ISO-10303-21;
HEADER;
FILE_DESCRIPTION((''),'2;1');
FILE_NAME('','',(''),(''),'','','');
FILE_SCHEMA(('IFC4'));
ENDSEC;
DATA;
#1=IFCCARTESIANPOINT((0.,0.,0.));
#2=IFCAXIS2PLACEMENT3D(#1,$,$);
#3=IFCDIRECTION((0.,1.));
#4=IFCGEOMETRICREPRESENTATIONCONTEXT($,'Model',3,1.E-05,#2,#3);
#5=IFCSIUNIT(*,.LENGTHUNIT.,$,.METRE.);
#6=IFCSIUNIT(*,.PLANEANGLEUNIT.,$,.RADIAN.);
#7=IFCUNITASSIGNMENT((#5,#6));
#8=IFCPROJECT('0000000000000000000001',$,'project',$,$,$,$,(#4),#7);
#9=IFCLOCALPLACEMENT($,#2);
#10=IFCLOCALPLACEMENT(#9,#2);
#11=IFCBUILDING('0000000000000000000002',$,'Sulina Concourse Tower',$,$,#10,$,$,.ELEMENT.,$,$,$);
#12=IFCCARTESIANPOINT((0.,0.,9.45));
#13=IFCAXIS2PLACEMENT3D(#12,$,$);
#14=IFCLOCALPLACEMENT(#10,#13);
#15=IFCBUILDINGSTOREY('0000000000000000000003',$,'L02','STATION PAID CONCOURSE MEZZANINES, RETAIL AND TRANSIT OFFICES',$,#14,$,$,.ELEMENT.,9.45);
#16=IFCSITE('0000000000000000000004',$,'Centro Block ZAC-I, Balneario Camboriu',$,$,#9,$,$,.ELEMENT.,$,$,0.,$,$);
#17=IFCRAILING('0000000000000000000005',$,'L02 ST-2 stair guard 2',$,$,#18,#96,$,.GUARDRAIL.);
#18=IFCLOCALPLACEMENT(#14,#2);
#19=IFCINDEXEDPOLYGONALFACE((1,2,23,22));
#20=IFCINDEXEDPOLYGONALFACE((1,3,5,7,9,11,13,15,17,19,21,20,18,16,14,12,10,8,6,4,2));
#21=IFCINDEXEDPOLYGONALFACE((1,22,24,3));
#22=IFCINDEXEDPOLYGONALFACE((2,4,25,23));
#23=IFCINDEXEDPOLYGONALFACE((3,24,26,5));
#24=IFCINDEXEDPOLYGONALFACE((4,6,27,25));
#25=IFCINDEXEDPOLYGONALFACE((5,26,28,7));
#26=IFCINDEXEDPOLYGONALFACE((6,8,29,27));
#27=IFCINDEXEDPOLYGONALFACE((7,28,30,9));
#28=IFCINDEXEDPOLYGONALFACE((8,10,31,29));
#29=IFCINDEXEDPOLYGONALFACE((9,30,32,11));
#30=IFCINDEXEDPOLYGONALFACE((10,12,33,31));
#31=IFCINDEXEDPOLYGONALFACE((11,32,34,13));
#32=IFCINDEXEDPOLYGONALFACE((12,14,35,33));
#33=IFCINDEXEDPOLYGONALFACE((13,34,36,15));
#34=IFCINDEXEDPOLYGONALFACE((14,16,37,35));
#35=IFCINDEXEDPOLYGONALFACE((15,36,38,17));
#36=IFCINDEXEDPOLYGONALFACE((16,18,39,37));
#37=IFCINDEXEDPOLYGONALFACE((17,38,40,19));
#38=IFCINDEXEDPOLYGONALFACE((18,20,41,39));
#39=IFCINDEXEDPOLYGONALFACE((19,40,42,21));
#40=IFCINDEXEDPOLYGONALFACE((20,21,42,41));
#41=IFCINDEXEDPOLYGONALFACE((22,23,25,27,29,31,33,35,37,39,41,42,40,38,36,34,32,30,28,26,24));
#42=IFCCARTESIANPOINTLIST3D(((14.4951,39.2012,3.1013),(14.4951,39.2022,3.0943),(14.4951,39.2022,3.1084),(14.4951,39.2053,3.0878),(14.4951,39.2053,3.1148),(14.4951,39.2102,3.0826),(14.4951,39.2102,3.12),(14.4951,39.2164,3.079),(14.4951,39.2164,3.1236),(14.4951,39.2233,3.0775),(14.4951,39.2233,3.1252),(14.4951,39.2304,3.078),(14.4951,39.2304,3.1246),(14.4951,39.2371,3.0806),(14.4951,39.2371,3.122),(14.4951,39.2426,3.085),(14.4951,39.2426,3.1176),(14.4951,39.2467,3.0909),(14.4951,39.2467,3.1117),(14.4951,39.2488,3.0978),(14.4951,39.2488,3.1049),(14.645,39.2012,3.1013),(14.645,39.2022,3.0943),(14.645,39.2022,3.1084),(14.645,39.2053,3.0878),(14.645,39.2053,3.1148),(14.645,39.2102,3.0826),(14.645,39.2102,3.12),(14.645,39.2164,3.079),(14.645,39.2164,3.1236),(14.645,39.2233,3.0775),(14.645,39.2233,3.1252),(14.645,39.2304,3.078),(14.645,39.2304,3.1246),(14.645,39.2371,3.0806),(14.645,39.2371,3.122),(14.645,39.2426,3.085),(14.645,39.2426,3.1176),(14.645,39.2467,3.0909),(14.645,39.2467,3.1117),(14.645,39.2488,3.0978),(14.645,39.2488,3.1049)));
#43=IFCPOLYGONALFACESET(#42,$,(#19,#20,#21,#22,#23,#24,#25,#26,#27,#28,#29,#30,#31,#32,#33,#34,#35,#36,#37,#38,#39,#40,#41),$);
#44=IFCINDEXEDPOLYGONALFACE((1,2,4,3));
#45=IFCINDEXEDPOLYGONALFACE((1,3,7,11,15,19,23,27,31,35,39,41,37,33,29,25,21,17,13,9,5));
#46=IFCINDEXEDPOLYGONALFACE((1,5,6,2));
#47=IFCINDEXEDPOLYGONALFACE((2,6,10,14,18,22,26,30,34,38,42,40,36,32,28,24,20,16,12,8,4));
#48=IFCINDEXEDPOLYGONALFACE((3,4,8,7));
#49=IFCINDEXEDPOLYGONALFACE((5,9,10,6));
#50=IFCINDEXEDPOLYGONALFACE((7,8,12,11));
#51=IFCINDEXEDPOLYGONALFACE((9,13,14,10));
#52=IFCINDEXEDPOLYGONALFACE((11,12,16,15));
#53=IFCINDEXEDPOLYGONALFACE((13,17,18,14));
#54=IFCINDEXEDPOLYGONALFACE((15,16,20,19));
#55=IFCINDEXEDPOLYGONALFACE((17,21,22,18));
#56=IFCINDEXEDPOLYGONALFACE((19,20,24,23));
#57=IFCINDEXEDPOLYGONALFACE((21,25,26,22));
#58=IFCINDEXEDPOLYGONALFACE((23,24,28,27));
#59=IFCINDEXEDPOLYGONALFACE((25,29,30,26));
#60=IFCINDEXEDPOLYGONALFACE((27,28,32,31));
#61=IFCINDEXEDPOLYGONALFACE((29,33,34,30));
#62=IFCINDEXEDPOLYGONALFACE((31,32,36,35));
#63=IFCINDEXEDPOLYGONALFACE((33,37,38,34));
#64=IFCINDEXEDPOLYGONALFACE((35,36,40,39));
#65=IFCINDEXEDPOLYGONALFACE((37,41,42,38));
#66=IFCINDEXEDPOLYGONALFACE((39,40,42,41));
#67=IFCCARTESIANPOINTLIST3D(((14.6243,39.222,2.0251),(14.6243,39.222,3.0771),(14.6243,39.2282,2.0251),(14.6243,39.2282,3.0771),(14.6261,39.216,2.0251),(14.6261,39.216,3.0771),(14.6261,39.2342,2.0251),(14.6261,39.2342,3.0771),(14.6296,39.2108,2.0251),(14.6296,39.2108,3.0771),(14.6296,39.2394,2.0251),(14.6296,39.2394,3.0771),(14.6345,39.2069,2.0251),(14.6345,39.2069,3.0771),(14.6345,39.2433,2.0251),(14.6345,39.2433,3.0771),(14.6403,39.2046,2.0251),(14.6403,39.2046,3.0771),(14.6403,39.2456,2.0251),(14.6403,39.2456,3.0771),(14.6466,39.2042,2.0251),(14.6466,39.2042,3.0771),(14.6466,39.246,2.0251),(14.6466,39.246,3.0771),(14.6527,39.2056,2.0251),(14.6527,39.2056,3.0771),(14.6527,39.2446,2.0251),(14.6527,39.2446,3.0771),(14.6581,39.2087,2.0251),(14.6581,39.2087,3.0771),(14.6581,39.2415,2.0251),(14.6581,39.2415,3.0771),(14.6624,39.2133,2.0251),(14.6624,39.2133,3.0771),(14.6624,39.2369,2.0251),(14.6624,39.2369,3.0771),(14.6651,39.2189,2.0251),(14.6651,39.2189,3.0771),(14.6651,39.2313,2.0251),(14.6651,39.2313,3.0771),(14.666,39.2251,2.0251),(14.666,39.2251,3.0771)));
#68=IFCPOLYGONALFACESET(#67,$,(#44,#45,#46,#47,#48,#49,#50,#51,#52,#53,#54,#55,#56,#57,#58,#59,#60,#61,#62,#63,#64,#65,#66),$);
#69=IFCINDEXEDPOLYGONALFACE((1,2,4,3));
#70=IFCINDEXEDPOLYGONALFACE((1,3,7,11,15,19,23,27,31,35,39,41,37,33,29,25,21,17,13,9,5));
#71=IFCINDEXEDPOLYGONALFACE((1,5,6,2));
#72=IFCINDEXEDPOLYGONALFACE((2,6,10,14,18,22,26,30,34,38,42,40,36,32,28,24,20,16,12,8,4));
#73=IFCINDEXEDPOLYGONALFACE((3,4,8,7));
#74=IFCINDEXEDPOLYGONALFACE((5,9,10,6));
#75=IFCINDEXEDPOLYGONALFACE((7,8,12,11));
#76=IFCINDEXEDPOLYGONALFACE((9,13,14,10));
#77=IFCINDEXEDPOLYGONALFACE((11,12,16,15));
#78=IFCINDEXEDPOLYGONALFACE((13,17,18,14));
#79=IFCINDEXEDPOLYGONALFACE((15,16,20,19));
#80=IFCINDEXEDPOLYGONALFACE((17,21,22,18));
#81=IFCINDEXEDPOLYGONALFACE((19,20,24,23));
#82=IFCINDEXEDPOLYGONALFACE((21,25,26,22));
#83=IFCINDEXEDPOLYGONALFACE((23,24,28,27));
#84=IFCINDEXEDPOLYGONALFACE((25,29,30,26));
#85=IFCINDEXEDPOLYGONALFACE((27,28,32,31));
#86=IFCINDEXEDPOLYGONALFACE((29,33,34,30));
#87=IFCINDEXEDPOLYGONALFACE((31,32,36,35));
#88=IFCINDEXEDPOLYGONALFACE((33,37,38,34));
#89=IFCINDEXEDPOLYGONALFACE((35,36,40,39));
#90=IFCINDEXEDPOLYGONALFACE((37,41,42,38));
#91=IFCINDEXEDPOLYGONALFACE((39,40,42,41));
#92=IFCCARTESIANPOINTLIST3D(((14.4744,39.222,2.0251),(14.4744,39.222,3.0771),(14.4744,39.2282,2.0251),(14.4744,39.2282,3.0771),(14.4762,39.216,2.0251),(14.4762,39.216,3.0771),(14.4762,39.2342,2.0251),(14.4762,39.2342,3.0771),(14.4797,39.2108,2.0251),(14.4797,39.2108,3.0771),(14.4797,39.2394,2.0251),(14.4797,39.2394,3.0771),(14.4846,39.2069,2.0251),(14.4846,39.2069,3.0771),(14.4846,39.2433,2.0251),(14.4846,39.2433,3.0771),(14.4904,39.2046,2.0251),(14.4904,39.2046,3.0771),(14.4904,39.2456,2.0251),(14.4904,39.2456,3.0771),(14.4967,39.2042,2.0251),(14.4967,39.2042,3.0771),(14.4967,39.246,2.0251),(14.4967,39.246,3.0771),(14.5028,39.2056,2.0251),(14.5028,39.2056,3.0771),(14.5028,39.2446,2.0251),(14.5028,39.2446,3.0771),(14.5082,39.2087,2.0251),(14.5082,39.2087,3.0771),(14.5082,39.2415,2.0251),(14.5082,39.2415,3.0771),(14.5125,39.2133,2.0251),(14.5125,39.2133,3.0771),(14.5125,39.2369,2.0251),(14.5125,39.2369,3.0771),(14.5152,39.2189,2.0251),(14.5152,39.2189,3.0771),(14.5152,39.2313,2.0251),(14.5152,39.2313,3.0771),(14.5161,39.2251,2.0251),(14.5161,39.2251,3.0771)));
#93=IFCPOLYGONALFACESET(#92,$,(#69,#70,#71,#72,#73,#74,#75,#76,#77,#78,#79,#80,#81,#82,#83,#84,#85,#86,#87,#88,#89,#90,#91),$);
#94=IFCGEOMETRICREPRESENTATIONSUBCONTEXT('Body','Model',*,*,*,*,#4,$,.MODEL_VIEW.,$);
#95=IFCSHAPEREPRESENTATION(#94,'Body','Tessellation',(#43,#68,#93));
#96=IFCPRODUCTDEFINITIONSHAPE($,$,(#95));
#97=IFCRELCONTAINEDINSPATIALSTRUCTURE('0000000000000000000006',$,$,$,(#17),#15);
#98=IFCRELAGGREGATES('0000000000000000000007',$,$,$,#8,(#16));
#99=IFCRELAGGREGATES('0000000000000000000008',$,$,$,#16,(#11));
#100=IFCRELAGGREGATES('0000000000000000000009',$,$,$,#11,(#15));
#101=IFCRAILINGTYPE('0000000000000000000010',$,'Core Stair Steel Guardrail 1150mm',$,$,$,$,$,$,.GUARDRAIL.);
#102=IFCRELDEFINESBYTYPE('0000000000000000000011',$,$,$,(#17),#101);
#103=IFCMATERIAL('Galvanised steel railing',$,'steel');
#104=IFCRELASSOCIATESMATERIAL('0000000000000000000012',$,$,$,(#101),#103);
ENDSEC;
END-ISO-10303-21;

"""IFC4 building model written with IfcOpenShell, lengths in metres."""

from ifc_helpers import new_model, si_unit, direction, frame, origin, origin_2d, place, context, subcontext, project, spatial, circle, extrude, material, type_object, element, save


model = new_model("IFC4")

# Units and contexts
model_context = context("Model", 3, precision=1e-05, world=origin(), true_north=direction((0.0, 1.0)))
body_context = subcontext(model_context, "Body", "Model", "MODEL_VIEW")
ifc_project = project(units=[si_unit("LENGTHUNIT", "METRE"), si_unit("PLANEANGLEUNIT", "RADIAN")], contexts=[model_context])

# Site, building, storey
site_placement = place(None, origin())
site = spatial("IfcSite", under=ifc_project, at=site_placement, Name="Centro Block ZAC-I, Balneario Camboriu", CompositionType="ELEMENT", RefElevation=0.0)
building_placement = place(site_placement, origin())
building = spatial("IfcBuilding", under=site, at=building_placement, Name="Sulina Concourse Tower", CompositionType="ELEMENT")
storey_placement = place(building_placement, frame((0.0, 0.0, 9.45)))
storey = spatial("IfcBuildingStorey", under=building, at=storey_placement, Name="L02", Description="STATION PAID CONCOURSE MEZZANINES, RETAIL AND TRANSIT OFFICES", CompositionType="ELEMENT", Elevation=9.45)

# Railing
ifc_material_1 = material(Name="Galvanised steel railing", Category="steel")
railing_type_1 = type_object("IfcRailingType", Name="Core Stair Steel Guardrail 1150mm", PredefinedType="GUARDRAIL", material=ifc_material_1)
railing_1_placement = place(storey_placement, frame((14.645, 39.2251, 2.0251)))
element("IfcRailing", 1, at=railing_1_placement, inside=storey, type_object=railing_type_1, Name="L02 ST-2 stair guard 2", PredefinedType="GUARDRAIL", context=body_context, shape_type="SweptSolid", body=[
    extrude(circle(Radius=0.0239, at=origin_2d()), frame((0.0, 0.0, 1.0762), z_axis=(-1.0, 0.0, 0.0), x_axis=(0.0, -1.0, 0.0)), (0.0, 0.0, 1.0), 0.1499),
    extrude(circle(Radius=0.021, at=origin_2d()), origin(), (0.0, 0.0, 1.0), 1.052),
    extrude(circle(Radius=0.021, at=origin_2d()), frame((-0.1499, 0.0, 0.0)), (0.0, 0.0, 1.0), 1.052),
])

save(model, "model.ifc")
